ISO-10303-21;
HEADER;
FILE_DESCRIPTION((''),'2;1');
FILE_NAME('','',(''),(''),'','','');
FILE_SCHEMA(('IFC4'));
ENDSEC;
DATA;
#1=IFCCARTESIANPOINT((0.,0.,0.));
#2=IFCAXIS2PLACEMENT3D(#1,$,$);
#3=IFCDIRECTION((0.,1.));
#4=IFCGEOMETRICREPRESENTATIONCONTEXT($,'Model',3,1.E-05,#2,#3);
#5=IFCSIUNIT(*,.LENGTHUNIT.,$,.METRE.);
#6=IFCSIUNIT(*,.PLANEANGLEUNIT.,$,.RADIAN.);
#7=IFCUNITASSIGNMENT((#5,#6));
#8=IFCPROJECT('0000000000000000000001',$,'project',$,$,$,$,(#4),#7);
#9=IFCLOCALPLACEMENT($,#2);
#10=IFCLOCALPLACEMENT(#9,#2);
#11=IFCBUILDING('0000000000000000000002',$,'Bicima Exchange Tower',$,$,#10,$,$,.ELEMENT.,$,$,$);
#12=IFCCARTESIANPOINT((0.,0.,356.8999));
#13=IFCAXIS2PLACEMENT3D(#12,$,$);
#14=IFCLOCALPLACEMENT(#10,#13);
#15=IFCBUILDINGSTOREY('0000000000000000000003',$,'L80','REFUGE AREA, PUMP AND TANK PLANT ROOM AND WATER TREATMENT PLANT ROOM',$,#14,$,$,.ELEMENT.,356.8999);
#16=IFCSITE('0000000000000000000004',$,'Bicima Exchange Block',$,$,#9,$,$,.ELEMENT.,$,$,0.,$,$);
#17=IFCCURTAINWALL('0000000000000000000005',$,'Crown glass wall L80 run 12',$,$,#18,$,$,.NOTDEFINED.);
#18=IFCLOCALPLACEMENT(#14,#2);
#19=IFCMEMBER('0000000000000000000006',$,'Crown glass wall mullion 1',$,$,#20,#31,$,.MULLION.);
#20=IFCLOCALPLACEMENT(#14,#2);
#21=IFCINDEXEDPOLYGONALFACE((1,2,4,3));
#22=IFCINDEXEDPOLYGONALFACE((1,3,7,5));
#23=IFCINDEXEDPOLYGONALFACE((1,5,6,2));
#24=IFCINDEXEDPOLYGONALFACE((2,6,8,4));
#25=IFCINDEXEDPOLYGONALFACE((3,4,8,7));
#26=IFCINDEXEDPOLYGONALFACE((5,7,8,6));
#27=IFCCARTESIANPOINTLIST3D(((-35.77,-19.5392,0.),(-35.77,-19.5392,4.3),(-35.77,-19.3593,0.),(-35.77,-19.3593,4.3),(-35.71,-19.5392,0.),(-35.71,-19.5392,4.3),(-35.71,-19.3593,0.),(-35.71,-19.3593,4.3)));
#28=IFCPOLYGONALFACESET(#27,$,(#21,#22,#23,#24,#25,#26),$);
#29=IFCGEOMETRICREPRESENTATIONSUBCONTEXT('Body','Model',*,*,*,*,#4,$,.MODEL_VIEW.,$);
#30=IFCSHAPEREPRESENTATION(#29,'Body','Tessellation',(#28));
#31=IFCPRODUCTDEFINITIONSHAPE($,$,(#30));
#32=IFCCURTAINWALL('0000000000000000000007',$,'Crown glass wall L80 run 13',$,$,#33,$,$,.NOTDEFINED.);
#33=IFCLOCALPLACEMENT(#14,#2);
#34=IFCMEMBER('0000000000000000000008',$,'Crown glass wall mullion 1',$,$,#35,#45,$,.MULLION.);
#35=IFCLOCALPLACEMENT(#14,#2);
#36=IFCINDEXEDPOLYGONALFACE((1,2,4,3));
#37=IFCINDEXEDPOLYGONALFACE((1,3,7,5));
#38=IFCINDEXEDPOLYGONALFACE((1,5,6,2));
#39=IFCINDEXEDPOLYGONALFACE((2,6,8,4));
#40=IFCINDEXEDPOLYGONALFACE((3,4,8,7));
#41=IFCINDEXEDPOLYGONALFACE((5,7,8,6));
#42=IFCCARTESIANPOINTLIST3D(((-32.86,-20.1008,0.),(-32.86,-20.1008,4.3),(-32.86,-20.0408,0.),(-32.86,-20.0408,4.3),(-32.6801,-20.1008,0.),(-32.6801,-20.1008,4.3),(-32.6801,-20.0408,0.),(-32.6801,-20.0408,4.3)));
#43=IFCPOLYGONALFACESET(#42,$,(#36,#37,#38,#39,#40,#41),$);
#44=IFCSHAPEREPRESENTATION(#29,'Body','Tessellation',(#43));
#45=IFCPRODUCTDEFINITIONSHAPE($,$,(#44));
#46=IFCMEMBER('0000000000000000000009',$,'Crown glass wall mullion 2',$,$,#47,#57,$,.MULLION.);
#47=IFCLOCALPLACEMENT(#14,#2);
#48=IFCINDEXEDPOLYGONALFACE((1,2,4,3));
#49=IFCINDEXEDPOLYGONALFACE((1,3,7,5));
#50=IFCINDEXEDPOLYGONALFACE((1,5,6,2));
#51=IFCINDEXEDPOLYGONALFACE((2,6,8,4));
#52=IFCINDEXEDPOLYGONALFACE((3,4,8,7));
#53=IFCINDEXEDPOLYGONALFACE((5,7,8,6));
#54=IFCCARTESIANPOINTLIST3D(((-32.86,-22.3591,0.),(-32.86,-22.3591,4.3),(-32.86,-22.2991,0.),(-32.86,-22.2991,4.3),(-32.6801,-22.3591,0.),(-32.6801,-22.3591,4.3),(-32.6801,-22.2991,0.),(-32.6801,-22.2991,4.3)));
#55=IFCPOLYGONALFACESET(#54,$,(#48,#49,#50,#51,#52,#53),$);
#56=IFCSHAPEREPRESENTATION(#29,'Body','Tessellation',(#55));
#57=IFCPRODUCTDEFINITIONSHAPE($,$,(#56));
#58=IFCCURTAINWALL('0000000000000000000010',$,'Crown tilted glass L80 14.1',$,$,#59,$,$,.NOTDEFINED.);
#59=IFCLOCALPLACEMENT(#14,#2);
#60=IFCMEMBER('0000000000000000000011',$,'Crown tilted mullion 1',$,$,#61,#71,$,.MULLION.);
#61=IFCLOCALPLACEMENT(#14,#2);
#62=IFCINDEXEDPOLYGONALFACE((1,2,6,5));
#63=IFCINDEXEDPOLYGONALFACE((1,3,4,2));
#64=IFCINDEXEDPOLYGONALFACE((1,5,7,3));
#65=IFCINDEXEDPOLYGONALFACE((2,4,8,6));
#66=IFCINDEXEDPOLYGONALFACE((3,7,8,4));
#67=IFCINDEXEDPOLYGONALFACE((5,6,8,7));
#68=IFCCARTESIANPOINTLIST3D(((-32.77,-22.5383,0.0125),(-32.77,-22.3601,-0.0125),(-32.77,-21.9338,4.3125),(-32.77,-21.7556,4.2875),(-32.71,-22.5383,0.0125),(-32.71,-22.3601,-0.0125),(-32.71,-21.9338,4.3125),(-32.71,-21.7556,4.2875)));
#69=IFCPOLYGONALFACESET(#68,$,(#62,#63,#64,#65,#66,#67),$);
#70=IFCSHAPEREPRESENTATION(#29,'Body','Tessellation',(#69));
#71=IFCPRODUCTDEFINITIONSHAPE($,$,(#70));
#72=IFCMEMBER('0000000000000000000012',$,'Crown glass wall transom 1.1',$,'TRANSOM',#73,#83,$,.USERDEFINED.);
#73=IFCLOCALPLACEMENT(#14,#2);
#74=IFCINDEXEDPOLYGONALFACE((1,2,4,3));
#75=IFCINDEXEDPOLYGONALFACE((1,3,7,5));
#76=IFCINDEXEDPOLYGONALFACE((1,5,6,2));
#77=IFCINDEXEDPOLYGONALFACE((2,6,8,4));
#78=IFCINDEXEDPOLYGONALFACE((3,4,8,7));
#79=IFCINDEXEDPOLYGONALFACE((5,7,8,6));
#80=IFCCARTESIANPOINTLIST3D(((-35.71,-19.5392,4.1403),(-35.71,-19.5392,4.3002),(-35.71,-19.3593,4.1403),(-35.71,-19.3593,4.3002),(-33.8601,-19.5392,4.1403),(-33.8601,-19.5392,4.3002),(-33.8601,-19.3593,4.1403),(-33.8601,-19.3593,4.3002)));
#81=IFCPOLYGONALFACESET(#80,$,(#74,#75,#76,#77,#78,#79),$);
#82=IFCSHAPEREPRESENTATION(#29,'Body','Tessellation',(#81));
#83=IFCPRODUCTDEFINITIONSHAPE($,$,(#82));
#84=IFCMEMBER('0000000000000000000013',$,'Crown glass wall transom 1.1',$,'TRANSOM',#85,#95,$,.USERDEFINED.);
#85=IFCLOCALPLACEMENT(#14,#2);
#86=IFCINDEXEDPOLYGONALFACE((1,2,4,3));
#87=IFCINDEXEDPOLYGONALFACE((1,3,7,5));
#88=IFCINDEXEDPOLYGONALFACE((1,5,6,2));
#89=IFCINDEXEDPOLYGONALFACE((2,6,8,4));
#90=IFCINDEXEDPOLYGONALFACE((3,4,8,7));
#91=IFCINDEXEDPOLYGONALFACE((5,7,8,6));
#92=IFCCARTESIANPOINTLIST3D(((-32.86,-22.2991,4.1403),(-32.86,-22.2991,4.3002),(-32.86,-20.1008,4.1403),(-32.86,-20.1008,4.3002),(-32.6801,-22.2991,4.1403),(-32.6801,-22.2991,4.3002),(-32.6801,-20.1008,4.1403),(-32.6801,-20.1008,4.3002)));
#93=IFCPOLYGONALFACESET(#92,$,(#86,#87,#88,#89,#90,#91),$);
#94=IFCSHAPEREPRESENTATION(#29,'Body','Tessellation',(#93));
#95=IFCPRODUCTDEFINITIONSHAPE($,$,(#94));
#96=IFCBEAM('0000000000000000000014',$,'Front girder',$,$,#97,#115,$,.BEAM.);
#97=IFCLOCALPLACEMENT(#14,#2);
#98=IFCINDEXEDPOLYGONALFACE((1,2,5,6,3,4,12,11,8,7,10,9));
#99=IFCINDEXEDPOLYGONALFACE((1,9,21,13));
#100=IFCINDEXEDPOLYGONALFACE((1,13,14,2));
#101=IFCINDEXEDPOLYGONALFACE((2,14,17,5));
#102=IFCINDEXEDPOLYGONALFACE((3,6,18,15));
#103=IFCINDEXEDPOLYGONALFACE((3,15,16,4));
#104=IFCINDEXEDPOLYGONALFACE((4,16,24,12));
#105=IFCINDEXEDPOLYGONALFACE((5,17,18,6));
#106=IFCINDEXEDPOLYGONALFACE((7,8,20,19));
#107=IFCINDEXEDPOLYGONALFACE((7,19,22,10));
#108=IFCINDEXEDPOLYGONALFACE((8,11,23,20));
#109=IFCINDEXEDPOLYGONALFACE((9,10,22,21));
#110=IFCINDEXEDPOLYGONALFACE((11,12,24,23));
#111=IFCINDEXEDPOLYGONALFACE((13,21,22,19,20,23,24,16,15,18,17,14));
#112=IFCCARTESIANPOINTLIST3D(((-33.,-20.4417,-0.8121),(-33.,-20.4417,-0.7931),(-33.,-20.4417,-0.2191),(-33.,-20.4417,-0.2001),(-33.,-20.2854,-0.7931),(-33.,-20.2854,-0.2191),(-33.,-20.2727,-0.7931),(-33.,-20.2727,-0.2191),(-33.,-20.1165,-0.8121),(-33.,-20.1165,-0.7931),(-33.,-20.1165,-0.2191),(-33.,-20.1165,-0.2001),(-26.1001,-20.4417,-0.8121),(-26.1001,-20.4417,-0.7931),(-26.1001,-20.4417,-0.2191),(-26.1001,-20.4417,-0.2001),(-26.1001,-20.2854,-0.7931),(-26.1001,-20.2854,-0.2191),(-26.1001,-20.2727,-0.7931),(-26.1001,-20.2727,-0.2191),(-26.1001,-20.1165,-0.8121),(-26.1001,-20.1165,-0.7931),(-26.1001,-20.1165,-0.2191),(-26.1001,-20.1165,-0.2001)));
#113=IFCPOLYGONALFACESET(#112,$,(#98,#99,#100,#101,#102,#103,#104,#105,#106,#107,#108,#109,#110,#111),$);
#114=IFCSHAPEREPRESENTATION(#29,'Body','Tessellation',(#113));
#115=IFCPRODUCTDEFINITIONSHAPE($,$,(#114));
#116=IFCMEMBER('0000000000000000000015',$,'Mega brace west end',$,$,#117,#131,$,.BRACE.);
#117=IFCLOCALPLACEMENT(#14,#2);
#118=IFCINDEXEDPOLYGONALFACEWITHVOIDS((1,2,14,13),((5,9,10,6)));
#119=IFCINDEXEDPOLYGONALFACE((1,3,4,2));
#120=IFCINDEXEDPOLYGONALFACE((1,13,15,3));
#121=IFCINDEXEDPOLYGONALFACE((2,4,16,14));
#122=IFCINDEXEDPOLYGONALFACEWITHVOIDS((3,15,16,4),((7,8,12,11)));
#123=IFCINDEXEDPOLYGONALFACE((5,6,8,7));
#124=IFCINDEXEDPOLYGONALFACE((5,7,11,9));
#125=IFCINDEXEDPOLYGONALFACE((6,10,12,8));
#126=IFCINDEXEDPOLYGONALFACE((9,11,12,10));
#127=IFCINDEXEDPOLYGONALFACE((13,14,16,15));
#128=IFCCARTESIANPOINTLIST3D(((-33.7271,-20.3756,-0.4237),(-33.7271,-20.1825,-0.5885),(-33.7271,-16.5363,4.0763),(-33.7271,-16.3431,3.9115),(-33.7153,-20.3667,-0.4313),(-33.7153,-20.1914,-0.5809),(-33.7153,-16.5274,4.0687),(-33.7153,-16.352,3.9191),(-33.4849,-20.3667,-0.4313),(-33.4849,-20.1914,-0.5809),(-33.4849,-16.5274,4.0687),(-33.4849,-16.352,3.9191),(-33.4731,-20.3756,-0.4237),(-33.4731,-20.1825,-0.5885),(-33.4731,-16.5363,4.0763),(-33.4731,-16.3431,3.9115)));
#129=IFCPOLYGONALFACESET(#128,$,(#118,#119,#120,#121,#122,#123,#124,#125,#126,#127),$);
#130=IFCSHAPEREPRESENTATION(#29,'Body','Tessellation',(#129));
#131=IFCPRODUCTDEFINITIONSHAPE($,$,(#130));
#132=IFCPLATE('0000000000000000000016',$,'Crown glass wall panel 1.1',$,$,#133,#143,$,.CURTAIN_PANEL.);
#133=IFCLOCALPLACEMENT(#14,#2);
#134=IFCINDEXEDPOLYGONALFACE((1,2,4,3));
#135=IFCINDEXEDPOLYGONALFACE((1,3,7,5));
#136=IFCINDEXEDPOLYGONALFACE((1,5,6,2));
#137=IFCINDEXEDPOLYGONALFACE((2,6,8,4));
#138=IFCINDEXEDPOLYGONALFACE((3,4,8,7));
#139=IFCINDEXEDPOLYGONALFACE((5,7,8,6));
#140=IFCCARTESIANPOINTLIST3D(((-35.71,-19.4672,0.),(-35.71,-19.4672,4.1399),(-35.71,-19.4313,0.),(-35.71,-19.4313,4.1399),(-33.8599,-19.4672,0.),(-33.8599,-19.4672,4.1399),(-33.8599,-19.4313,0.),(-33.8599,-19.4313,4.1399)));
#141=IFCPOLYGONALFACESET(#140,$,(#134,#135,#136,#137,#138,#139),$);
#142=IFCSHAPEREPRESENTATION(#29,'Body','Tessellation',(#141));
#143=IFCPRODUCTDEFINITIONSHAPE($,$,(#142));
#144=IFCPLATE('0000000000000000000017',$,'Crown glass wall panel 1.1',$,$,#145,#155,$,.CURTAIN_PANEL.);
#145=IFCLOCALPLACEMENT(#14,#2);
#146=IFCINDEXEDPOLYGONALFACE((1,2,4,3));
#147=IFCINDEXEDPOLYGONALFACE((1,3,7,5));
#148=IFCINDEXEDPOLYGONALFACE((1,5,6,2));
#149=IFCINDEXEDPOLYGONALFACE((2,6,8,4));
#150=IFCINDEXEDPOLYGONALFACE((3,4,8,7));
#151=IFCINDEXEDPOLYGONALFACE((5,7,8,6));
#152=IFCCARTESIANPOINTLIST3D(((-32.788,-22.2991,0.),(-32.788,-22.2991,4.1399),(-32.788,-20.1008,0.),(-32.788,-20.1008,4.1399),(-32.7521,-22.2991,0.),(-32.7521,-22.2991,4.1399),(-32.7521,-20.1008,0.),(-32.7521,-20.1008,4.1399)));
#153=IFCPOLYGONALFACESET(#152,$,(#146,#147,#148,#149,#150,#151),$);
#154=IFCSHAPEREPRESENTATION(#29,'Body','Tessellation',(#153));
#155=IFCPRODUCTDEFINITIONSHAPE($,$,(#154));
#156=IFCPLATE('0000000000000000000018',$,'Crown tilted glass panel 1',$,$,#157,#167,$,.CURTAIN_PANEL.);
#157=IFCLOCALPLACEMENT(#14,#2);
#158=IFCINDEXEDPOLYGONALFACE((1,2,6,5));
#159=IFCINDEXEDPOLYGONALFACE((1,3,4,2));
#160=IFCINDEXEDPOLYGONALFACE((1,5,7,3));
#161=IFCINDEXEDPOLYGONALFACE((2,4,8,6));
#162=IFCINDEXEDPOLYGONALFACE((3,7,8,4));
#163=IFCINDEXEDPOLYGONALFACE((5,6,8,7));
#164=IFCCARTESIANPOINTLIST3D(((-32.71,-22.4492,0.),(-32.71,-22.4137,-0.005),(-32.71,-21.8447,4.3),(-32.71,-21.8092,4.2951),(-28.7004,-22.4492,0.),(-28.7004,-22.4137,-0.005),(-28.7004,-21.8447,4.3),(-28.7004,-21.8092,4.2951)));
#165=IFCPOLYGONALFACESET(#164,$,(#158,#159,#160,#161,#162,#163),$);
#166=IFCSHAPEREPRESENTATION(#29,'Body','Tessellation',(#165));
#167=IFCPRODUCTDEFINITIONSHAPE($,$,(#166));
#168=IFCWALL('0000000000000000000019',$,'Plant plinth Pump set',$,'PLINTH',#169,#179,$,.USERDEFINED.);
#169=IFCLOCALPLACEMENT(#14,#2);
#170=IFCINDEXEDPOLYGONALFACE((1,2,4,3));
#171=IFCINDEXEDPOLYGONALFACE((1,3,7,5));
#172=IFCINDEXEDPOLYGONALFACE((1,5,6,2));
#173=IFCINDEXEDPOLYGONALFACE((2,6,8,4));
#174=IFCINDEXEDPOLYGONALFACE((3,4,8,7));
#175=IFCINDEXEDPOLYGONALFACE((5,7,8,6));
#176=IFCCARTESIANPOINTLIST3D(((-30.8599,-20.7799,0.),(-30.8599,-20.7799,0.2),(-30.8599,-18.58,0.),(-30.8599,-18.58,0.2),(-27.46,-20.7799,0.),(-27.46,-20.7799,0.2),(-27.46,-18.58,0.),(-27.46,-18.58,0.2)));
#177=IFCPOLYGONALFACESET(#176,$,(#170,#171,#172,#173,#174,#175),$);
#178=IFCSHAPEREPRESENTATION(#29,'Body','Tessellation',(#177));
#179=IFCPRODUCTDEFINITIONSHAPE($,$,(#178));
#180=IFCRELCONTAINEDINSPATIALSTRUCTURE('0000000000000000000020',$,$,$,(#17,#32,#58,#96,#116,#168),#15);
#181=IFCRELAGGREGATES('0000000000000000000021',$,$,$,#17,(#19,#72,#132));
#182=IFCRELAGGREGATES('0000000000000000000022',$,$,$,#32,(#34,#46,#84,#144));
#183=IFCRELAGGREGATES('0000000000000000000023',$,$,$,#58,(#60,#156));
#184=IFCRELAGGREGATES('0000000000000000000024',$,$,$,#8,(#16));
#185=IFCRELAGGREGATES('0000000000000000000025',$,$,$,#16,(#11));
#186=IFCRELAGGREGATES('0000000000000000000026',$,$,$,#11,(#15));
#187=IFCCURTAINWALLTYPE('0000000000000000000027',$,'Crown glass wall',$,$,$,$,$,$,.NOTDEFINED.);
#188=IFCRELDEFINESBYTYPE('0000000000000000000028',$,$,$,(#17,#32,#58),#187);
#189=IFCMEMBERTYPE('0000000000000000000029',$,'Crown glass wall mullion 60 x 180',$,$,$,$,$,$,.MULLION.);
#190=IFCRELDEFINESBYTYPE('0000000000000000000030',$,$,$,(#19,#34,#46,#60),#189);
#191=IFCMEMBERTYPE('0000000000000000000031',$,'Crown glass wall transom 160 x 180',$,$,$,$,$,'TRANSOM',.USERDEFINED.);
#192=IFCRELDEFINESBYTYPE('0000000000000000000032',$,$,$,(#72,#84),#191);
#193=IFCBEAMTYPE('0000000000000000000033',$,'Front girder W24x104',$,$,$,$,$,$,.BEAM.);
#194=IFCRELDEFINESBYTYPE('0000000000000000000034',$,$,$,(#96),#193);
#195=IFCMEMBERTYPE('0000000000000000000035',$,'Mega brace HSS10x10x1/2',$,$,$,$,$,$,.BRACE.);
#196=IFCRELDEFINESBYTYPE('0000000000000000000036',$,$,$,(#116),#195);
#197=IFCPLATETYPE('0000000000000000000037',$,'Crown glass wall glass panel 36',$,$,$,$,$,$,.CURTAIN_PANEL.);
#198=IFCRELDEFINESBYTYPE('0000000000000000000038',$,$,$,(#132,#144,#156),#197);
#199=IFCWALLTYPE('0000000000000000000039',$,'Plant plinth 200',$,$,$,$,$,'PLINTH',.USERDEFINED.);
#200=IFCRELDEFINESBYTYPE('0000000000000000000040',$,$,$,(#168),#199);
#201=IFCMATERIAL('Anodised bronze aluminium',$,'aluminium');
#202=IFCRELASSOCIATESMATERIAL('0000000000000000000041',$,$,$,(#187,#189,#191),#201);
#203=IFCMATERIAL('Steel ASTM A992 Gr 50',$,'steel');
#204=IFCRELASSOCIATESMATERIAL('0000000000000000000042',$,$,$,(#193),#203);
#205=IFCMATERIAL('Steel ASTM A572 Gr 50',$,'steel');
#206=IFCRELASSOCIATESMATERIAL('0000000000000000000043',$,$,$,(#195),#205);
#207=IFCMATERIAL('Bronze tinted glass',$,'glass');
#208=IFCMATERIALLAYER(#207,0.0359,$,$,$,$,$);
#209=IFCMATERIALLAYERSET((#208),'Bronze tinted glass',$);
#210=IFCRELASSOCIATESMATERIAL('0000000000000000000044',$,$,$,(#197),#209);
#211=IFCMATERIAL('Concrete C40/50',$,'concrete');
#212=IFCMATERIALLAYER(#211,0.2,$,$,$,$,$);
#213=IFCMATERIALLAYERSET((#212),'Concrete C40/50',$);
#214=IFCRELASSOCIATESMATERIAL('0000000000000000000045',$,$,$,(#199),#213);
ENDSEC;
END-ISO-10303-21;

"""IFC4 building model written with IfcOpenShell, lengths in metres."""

from ifc_helpers import new_model, si_unit, direction, frame, origin, origin_2d, place, context, subcontext, project, spatial, polyline, rectangle, hollow_rectangle, i_section, outline, extrude, material, layer, layer_set, material_profile, profile_set, type_object, element, aggregate, save


model = new_model("IFC4")

# Units and contexts
model_context = context("Model", 3, precision=1e-05, world=origin(), true_north=direction((0.0, 1.0)))
body_context = subcontext(model_context, "Body", "Model", "MODEL_VIEW")
ifc_project = project(units=[si_unit("LENGTHUNIT", "METRE"), si_unit("PLANEANGLEUNIT", "RADIAN")], contexts=[model_context])

# Site, building, storey
site_placement = place(None, origin())
site = spatial("IfcSite", under=ifc_project, at=site_placement, Name="Bicima Exchange Block", CompositionType="ELEMENT", RefElevation=0.0)
building_placement = place(site_placement, origin())
building = spatial("IfcBuilding", under=site, at=building_placement, Name="Bicima Exchange Tower", CompositionType="ELEMENT")
storey_placement = place(building_placement, frame((0.0, 0.0, 356.8999)))
storey = spatial("IfcBuildingStorey", under=building, at=storey_placement, Name="L80", Description="REFUGE AREA, PUMP AND TANK PLANT ROOM AND WATER TREATMENT PLANT ROOM", CompositionType="ELEMENT", Elevation=356.8999)

# Curtain wall, member
ifc_material_1 = material(Name="Anodised bronze aluminium", Category="aluminium")
curtain_wall_type = type_object("IfcCurtainWallType", Name="Crown glass wall", PredefinedType="NOTDEFINED", material=ifc_material_1)
curtain_wall_1_placement = place(storey_placement, origin())
curtain_wall_1 = element("IfcCurtainWall", 1, at=curtain_wall_1_placement, inside=storey, type_object=curtain_wall_type, Name="Crown glass wall L80 run 12", PredefinedType="NOTDEFINED")
ifc_material_profile_1 = material_profile(ifc_material_1, rectangle(XDim=0.1799, YDim=0.0601, at=origin_2d()))
ifc_profile_set_1 = profile_set([ifc_material_profile_1], Name="Anodised bronze aluminium")
member_type_1 = type_object("IfcMemberType", Name="Crown glass wall mullion 60 x 180", PredefinedType="MULLION", material=ifc_profile_set_1)
member_1_placement = place(storey_placement, frame((-35.74, -19.4492, 0.0), z_axis=(0.0, 0.0, 1.0), x_axis=(0.0, 1.0, 0.0)))
member_1 = element("IfcMember", 2, at=member_1_placement, type_object=member_type_1, Name="Crown glass wall mullion 1", PredefinedType="MULLION", context=body_context, shape_type="SweptSolid", body=[
    extrude(rectangle(XDim=0.1799, YDim=0.0601, at=origin_2d()), origin(), (0.0, 0.0, 1.0), 4.3),
])

# Curtain wall, members
curtain_wall_2_placement = place(storey_placement, origin())
curtain_wall_2 = element("IfcCurtainWall", 3, at=curtain_wall_2_placement, inside=storey, type_object=curtain_wall_type, Name="Crown glass wall L80 run 13", PredefinedType="NOTDEFINED")
member_2_placement = place(storey_placement, frame((-32.77, -20.0708, 0.0), z_axis=(0.0, 0.0, 1.0), x_axis=(1.0, 0.0, 0.0)))
member_2 = element("IfcMember", 4, at=member_2_placement, type_object=member_type_1, Name="Crown glass wall mullion 1", PredefinedType="MULLION", context=body_context, shape_type="SweptSolid", body=[
    extrude(rectangle(XDim=0.1799, YDim=0.0601, at=origin_2d()), origin(), (0.0, 0.0, 1.0), 4.3),
])
member_3_placement = place(storey_placement, frame((-32.77, -22.3291, 0.0), z_axis=(0.0, 0.0, 1.0), x_axis=(1.0, 0.0, 0.0)))
member_3 = element("IfcMember", 5, at=member_3_placement, type_object=member_type_1, Name="Crown glass wall mullion 2", PredefinedType="MULLION", context=body_context, shape_type="SweptSolid", body=[
    extrude(rectangle(XDim=0.1799, YDim=0.0601, at=origin_2d()), origin(), (0.0, 0.0, 1.0), 4.3),
])

# Curtain wall, member
curtain_wall_3_placement = place(storey_placement, origin())
curtain_wall_3 = element("IfcCurtainWall", 6, at=curtain_wall_3_placement, inside=storey, type_object=curtain_wall_type, Name="Crown tilted glass L80 14.1", PredefinedType="NOTDEFINED")
member_4_placement = place(storey_placement, frame((-32.74, -22.4492, 0.0), z_axis=(0.0, 0.139209, 0.990263), x_axis=(0.0, -0.990263, 0.139209)))
member_4 = element("IfcMember", 7, at=member_4_placement, type_object=member_type_1, Name="Crown tilted mullion 1", PredefinedType="MULLION", context=body_context, shape_type="SweptSolid", body=[
    extrude(rectangle(XDim=0.1799, YDim=0.0601, at=origin_2d()), origin(), (0.0, 0.0, 1.0), 4.3423),
])

# Members
ifc_material_profile_2 = material_profile(ifc_material_1, rectangle(XDim=0.1799, YDim=0.1599, at=origin_2d()))
ifc_profile_set_2 = profile_set([ifc_material_profile_2], Name="Anodised bronze aluminium")
member_type_2 = type_object("IfcMemberType", Name="Crown glass wall transom 160 x 180", ElementType="TRANSOM", PredefinedType="USERDEFINED", material=ifc_profile_set_2)
member_5_placement = place(storey_placement, frame((-35.71, -19.4492, 4.2202), z_axis=(1.0, 0.0, 0.0), x_axis=(0.0, 1.0, 0.0)))
member_5 = element("IfcMember", 8, at=member_5_placement, type_object=member_type_2, Name="Crown glass wall transom 1.1", ObjectType="TRANSOM", PredefinedType="USERDEFINED", context=body_context, shape_type="SweptSolid", body=[
    extrude(rectangle(XDim=0.1799, YDim=0.1599, at=origin_2d()), origin(), (0.0, 0.0, 1.0), 1.8499),
])
member_6_placement = place(storey_placement, frame((-32.77, -20.1008, 4.2202), z_axis=(0.0, -1.0, 0.0), x_axis=(1.0, 0.0, 0.0)))
member_6 = element("IfcMember", 9, at=member_6_placement, type_object=member_type_2, Name="Crown glass wall transom 1.1", ObjectType="TRANSOM", PredefinedType="USERDEFINED", context=body_context, shape_type="SweptSolid", body=[
    extrude(rectangle(XDim=0.1799, YDim=0.1599, at=origin_2d()), origin(), (0.0, 0.0, 1.0), 2.1982),
])

# Beam
ifc_material_2 = material(Name="Steel ASTM A992 Gr 50", Category="steel")
ifc_material_profile_3 = material_profile(ifc_material_2, i_section(OverallWidth=0.3252, OverallDepth=0.6121, WebThickness=0.0127, FlangeThickness=0.019, at=origin_2d()))
ifc_profile_set_3 = profile_set([ifc_material_profile_3], Name="Steel ASTM A992 Gr 50")
beam_type = type_object("IfcBeamType", Name="Front girder W24x104", PredefinedType="BEAM", material=ifc_profile_set_3)
beam_placement = place(storey_placement, frame((-33.0, -20.2791, -0.5061), z_axis=(1.0, 0.0, 0.0), x_axis=(0.0, 1.0, 0.0)))
element("IfcBeam", 10, at=beam_placement, inside=storey, type_object=beam_type, Name="Front girder", PredefinedType="BEAM", context=body_context, shape_type="SweptSolid", body=[
    extrude(i_section(OverallWidth=0.3252, OverallDepth=0.6121, WebThickness=0.0127, FlangeThickness=0.019, at=origin_2d()), origin(), (0.0, 0.0, 1.0), 6.8999),
])

# Member
ifc_material_3 = material(Name="Steel ASTM A572 Gr 50", Category="steel")
ifc_material_profile_4 = material_profile(ifc_material_3, hollow_rectangle(XDim=0.2539, YDim=0.2539, WallThickness=0.0117, at=origin_2d()))
ifc_profile_set_4 = profile_set([ifc_material_profile_4], Name="Steel ASTM A572 Gr 50")
member_type_3 = type_object("IfcMemberType", Name="Mega brace HSS10x10x1/2", PredefinedType="BRACE", material=ifc_profile_set_4)
member_7_placement = place(storey_placement, frame((-33.6001, -20.2791, -0.5061), z_axis=(0.0, 0.649056, 0.76074), x_axis=(-1.0, 0.0, 0.0)))
element("IfcMember", 11, at=member_7_placement, inside=storey, type_object=member_type_3, Name="Mega brace west end", PredefinedType="BRACE", context=body_context, shape_type="SweptSolid", body=[
    extrude(hollow_rectangle(XDim=0.2539, YDim=0.2539, WallThickness=0.0117, at=origin_2d()), origin(), (0.0, 0.0, 1.0), 5.9153),
])

# Plates
ifc_material_4 = material(Name="Bronze tinted glass", Category="glass")
ifc_layer_1 = layer(ifc_material_4, 0.0359)
ifc_layer_set_1 = layer_set([ifc_layer_1], Name="Bronze tinted glass")
plate_type = type_object("IfcPlateType", Name="Crown glass wall glass panel 36", PredefinedType="CURTAIN_PANEL", material=ifc_layer_set_1)
plate_1_placement = place(storey_placement, frame((-34.7849, -19.4492, 0.0), z_axis=(0.0, 0.0, 1.0), x_axis=(1.0, 0.0, 0.0)))
plate_1 = element("IfcPlate", 12, at=plate_1_placement, type_object=plate_type, Name="Crown glass wall panel 1.1", PredefinedType="CURTAIN_PANEL", context=body_context, shape_type="SweptSolid", body=[
    extrude(rectangle(XDim=1.8501, YDim=0.0359, at=origin_2d()), origin(), (0.0, 0.0, 1.0), 4.1399),
])
aggregate(curtain_wall_1, [member_1, member_5, plate_1])
plate_2_placement = place(storey_placement, frame((-32.77, -21.2, 0.0), z_axis=(0.0, 0.0, 1.0), x_axis=(0.0, -1.0, 0.0)))
plate_2 = element("IfcPlate", 13, at=plate_2_placement, type_object=plate_type, Name="Crown glass wall panel 1.1", PredefinedType="CURTAIN_PANEL", context=body_context, shape_type="SweptSolid", body=[
    extrude(rectangle(XDim=2.1982, YDim=0.0359, at=origin_2d()), origin(), (0.0, 0.0, 1.0), 4.1399),
])
aggregate(curtain_wall_2, [member_2, member_3, member_6, plate_2])
plate_3_placement = place(storey_placement, frame((-32.71, -22.4492, 0.0), z_axis=(0.0, -0.990263, 0.139209), x_axis=(1.0, 0.0, 0.0)))
plate_3 = element("IfcPlate", 14, at=plate_3_placement, type_object=plate_type, Name="Crown tilted glass panel 1", PredefinedType="CURTAIN_PANEL", context=body_context, shape_type="SweptSolid", body=[
    extrude(outline(polyline([(0.0, 0.0), (4.0095, 0.0), (4.0095, 4.3423), (0.0, 4.3423), (0.0, 0.0)])), origin(), (0.0, 0.0, -1.0), 0.0359),
])
aggregate(curtain_wall_3, [member_4, plate_3])

# Wall
ifc_material_5 = material(Name="Concrete C40/50", Category="concrete")
ifc_layer_2 = layer(ifc_material_5, 0.2)
ifc_layer_set_2 = layer_set([ifc_layer_2], Name="Concrete C40/50")
wall_type = type_object("IfcWallType", Name="Plant plinth 200", ElementType="PLINTH", PredefinedType="USERDEFINED", material=ifc_layer_set_2)
wall_placement = place(storey_placement, frame((-29.1599, -19.6799, 0.0), z_axis=(0.0, 0.0, 1.0), x_axis=(1.0, 0.0, 0.0)))
element("IfcWall", 15, at=wall_placement, inside=storey, type_object=wall_type, Name="Plant plinth Pump set", ObjectType="PLINTH", PredefinedType="USERDEFINED", context=body_context, shape_type="SweptSolid", body=[
    extrude(rectangle(XDim=3.3999, YDim=2.2, at=origin_2d()), origin(), (0.0, 0.0, 1.0), 0.2),
])

save(model, "model.ifc")
